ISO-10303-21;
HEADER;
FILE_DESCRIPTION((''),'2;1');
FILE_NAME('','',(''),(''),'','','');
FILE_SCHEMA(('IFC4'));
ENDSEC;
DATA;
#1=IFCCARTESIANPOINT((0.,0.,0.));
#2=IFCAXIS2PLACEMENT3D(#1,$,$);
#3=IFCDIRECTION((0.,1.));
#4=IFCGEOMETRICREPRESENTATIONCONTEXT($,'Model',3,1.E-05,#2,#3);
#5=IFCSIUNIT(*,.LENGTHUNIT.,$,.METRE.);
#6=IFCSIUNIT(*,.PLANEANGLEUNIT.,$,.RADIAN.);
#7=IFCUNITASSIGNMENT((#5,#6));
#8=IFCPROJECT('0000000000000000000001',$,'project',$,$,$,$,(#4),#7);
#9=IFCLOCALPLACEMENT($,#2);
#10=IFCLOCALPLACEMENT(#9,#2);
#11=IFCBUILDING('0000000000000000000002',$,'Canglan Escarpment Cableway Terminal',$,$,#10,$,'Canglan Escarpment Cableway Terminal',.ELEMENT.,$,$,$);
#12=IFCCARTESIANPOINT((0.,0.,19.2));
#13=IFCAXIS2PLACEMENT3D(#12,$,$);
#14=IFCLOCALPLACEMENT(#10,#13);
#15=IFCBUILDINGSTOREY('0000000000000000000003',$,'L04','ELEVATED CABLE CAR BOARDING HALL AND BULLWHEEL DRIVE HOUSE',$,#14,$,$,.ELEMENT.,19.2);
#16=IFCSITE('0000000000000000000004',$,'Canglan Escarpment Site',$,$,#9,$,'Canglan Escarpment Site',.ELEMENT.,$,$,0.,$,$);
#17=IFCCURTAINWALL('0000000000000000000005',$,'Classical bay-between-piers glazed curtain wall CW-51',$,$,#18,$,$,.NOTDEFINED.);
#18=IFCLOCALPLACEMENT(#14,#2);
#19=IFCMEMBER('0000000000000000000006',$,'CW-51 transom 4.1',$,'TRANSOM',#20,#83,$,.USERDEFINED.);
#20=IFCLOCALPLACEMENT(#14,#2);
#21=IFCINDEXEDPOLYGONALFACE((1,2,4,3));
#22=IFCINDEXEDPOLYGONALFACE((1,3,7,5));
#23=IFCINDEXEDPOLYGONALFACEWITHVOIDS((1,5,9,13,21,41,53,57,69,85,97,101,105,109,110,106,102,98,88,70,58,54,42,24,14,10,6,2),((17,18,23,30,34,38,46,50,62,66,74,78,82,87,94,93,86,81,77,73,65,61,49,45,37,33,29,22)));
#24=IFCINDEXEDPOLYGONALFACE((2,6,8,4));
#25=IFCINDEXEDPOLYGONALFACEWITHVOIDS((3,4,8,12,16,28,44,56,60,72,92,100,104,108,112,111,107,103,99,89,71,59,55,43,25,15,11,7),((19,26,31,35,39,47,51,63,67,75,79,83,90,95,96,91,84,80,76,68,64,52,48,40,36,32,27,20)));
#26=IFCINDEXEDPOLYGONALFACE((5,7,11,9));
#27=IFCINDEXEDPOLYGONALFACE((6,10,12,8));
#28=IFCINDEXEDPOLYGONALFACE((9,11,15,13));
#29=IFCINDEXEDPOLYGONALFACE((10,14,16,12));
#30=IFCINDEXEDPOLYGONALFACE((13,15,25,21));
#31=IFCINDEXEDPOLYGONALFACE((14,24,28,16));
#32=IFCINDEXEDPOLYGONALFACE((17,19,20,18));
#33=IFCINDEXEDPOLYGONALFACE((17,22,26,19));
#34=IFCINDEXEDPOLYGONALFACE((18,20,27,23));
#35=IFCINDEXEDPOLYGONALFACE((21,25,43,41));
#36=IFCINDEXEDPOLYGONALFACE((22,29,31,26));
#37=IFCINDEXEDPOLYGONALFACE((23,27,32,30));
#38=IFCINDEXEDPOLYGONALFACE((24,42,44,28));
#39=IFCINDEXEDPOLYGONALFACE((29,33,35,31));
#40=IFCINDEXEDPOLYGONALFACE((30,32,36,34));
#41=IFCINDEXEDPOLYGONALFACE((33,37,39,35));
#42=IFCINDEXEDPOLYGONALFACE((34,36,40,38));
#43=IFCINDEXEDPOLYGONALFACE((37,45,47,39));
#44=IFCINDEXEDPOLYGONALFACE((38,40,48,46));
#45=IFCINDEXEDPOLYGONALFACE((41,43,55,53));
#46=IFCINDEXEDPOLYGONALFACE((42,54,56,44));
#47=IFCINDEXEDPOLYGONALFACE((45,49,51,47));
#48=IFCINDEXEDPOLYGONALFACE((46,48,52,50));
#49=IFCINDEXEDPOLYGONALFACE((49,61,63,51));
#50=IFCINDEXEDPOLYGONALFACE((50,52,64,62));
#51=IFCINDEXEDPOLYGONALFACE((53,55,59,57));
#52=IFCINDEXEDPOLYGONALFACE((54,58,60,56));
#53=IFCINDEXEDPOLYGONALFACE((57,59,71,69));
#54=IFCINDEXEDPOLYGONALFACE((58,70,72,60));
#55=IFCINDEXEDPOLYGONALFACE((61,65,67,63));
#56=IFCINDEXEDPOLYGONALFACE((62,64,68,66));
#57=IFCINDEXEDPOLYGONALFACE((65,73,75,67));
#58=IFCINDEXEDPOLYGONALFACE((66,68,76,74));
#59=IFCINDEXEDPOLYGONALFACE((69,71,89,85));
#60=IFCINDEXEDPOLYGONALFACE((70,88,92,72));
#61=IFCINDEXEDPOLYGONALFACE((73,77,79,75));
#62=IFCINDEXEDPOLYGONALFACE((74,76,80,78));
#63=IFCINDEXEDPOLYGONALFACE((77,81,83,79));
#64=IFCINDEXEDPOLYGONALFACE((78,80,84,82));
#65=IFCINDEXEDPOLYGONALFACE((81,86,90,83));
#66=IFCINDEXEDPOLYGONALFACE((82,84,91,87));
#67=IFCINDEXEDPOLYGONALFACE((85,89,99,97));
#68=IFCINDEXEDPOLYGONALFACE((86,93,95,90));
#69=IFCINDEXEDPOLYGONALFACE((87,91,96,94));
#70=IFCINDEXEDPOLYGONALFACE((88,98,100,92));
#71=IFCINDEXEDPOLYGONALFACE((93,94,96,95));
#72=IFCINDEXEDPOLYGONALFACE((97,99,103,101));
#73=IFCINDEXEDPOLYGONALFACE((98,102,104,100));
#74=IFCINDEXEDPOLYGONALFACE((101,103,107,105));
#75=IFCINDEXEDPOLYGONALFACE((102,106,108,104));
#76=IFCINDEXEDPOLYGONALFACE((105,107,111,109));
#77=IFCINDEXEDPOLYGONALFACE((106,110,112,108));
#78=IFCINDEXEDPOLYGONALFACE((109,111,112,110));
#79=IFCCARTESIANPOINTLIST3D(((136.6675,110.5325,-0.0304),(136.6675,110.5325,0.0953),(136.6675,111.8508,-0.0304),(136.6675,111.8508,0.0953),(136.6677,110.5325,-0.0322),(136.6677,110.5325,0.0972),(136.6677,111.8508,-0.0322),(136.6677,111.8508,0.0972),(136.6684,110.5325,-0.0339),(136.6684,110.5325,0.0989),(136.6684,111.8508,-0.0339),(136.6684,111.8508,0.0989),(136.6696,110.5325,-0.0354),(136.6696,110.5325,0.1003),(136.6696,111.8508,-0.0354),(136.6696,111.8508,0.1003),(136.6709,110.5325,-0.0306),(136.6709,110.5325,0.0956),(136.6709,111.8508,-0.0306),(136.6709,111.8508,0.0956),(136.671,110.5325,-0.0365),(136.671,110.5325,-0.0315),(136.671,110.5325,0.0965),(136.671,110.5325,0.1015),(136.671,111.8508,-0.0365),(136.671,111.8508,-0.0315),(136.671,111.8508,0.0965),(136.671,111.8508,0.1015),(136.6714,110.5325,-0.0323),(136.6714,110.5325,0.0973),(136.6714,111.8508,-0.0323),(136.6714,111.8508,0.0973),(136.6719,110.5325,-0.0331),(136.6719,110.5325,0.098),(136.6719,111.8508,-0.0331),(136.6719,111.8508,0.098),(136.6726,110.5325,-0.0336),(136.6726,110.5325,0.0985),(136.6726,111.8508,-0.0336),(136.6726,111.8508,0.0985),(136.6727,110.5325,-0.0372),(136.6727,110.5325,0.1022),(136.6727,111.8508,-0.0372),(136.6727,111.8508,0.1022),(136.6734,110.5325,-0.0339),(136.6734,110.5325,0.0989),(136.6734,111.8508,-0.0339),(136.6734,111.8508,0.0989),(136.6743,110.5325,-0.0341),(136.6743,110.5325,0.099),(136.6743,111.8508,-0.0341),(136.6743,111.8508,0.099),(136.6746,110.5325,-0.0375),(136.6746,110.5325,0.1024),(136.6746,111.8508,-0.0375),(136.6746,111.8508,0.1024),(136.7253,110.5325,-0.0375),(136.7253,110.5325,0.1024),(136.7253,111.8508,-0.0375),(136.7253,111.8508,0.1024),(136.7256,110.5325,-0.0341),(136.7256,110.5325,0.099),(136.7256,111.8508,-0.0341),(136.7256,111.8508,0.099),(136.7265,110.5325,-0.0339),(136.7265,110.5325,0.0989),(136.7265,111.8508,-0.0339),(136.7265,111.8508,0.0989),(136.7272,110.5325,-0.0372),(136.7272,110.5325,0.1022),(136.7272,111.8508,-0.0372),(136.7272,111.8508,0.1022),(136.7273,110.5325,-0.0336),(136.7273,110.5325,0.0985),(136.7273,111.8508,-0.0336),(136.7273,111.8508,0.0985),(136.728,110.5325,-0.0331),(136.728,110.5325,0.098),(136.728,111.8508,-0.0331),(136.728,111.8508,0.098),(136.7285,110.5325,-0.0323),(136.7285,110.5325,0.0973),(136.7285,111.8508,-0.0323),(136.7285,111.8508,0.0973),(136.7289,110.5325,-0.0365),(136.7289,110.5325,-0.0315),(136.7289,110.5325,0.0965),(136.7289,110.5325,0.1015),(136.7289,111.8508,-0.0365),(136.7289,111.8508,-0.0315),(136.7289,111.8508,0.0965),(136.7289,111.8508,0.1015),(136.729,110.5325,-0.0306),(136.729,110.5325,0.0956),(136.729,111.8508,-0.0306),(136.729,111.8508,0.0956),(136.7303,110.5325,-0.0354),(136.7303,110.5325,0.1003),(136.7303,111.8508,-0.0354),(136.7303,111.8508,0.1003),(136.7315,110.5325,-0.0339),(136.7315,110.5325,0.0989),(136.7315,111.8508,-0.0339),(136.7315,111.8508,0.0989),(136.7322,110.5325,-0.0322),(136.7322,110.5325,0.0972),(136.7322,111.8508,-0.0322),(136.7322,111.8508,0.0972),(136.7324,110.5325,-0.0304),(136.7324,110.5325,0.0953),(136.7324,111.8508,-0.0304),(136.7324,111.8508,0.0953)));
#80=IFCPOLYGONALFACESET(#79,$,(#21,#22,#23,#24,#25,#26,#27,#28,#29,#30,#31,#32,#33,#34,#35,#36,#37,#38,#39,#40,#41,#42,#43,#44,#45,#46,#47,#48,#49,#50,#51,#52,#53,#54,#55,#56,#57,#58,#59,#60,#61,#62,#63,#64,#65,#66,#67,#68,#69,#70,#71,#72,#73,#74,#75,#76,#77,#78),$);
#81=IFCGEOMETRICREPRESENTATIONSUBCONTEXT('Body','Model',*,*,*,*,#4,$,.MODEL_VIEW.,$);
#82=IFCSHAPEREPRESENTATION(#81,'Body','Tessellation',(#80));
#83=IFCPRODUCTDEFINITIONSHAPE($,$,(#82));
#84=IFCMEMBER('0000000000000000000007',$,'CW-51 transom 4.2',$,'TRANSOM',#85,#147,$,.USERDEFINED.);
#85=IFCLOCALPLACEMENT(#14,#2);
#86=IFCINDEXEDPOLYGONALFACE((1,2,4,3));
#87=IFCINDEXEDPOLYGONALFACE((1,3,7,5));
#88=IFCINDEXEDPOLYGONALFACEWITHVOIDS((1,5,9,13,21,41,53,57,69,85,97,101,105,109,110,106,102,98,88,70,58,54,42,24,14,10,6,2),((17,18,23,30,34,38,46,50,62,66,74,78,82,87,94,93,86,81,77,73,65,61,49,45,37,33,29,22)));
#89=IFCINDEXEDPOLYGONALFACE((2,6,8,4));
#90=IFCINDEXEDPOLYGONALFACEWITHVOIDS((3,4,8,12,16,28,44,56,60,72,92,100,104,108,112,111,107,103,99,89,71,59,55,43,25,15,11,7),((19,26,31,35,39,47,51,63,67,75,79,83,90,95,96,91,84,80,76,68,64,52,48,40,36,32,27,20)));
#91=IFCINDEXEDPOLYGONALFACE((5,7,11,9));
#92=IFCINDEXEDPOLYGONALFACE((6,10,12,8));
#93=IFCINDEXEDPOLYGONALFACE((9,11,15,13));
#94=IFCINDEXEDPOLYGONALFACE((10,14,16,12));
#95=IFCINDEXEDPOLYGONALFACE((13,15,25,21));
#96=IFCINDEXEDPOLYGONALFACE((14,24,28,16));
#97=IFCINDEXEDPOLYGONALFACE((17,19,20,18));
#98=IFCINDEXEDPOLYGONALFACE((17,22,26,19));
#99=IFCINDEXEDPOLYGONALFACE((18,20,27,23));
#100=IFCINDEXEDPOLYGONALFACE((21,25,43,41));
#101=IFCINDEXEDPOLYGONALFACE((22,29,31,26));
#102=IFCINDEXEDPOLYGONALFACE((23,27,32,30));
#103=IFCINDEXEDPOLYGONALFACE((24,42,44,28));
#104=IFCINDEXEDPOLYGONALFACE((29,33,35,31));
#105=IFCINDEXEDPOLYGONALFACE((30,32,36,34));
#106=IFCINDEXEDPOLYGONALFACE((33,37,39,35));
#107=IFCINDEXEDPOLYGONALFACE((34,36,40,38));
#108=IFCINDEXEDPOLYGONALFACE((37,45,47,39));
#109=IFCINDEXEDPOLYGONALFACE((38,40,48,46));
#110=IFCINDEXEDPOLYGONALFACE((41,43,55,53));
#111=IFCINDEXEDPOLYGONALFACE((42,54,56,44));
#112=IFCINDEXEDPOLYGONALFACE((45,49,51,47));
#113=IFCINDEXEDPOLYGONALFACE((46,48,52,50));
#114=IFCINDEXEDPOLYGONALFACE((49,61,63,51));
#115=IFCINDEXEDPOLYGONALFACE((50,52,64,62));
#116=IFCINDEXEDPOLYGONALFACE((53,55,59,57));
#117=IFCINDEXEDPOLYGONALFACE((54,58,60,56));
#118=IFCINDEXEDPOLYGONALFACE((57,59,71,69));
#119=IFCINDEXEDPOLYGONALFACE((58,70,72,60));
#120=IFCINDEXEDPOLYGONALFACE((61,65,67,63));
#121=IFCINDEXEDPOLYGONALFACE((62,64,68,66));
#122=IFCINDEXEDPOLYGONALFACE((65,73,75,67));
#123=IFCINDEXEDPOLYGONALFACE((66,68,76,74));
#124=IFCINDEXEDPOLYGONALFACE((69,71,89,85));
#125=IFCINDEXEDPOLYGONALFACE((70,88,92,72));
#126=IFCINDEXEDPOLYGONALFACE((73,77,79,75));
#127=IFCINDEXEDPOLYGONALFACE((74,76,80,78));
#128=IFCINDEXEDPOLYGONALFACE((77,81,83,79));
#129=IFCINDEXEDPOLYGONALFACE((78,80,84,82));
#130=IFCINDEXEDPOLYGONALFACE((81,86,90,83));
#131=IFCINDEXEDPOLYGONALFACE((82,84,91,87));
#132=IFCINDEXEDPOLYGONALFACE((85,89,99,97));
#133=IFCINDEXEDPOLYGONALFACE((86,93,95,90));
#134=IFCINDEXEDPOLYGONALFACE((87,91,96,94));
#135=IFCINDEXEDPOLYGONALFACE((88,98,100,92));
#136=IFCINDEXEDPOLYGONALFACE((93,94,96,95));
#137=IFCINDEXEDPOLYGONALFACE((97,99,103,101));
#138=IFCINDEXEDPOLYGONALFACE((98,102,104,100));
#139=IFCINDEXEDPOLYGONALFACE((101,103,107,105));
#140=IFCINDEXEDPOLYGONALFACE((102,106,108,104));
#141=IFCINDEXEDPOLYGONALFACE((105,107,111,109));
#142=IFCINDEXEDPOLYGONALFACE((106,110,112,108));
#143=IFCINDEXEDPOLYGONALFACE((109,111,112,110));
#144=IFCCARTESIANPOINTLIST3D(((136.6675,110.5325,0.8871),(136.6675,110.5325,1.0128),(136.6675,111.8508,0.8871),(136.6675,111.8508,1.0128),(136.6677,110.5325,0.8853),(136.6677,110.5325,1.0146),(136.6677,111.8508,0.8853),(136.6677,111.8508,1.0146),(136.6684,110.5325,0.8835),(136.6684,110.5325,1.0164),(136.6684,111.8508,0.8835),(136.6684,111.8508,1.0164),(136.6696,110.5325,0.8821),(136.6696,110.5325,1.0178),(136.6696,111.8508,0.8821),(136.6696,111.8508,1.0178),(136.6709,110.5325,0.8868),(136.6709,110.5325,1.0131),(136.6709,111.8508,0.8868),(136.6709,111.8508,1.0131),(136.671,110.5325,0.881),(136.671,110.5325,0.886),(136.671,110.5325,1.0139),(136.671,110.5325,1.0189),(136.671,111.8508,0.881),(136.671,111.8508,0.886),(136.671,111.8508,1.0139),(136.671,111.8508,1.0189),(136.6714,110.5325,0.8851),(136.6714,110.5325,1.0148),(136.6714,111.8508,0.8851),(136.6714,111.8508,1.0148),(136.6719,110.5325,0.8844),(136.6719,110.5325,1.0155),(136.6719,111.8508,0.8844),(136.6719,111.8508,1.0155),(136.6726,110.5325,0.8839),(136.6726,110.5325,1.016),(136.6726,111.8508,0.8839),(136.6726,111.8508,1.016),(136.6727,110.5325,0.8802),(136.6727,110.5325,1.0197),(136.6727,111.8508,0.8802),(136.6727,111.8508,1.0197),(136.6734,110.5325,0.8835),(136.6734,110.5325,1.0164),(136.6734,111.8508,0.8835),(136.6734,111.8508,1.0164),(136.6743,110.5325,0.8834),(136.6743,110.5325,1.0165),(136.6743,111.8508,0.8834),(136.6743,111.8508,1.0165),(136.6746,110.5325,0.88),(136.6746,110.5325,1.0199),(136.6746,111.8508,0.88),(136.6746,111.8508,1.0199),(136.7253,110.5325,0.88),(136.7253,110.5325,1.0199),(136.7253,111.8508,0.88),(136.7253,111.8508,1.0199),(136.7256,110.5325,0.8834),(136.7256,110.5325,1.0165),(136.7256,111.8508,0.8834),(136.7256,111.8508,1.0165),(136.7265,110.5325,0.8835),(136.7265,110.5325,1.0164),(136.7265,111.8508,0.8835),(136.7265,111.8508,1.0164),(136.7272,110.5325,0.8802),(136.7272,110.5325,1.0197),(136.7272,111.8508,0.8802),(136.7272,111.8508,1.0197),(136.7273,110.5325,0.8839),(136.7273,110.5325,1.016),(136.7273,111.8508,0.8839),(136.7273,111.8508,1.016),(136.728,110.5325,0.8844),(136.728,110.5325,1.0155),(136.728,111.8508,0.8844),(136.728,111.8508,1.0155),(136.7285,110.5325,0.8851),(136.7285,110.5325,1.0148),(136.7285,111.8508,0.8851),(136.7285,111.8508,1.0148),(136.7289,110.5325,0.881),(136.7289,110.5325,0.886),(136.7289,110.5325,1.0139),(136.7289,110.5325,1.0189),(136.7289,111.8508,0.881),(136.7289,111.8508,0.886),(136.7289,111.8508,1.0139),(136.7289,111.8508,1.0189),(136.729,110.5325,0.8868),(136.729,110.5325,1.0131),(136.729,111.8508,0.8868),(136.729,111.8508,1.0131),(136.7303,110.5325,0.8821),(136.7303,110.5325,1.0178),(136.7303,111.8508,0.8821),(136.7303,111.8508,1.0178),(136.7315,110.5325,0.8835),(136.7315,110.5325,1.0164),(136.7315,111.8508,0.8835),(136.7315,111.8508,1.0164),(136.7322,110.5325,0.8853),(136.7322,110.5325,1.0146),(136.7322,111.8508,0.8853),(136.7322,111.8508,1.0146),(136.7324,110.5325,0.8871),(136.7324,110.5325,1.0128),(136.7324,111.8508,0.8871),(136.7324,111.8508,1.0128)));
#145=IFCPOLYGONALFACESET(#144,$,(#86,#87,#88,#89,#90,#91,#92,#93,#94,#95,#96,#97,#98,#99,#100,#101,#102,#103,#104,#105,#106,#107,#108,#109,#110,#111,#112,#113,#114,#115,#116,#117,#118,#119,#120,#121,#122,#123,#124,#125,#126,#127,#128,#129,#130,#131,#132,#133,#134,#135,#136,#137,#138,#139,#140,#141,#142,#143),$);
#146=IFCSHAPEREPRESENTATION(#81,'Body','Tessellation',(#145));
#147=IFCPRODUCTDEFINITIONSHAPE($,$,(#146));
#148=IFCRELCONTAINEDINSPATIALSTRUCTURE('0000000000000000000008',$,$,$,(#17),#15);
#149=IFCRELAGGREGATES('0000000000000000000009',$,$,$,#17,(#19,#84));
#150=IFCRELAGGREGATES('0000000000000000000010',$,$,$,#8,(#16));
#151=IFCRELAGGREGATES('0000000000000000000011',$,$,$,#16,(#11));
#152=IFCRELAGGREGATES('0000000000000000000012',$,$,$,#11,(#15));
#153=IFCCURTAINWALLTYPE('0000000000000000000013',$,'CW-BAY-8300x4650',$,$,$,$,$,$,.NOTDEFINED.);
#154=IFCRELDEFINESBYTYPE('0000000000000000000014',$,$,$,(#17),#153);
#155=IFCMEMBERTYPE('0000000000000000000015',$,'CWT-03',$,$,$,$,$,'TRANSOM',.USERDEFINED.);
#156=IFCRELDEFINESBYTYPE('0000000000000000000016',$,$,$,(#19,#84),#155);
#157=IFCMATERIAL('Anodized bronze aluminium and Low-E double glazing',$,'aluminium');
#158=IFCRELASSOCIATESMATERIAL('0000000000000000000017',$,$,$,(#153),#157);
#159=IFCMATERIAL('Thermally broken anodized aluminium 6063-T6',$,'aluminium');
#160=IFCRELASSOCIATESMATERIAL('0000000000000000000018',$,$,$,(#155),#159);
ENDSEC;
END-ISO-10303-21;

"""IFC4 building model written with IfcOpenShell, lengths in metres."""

from ifc_helpers import new_model, si_unit, direction, frame, origin, origin_2d, place, context, subcontext, project, spatial, hollow_rectangle, extrude, material, material_profile, profile_set, type_object, element, aggregate, save


model = new_model("IFC4")

# Units and contexts
model_context = context("Model", 3, precision=1e-05, world=origin(), true_north=direction((0.0, 1.0)))
body_context = subcontext(model_context, "Body", "Model", "MODEL_VIEW")
ifc_project = project(units=[si_unit("LENGTHUNIT", "METRE"), si_unit("PLANEANGLEUNIT", "RADIAN")], contexts=[model_context])

# Site, building, storey
site_placement = place(None, origin())
site = spatial("IfcSite", under=ifc_project, at=site_placement, Name="Canglan Escarpment Site", LongName="Canglan Escarpment Site", CompositionType="ELEMENT", RefElevation=0.0)
building_placement = place(site_placement, origin())
building = spatial("IfcBuilding", under=site, at=building_placement, Name="Canglan Escarpment Cableway Terminal", LongName="Canglan Escarpment Cableway Terminal", CompositionType="ELEMENT")
storey_placement = place(building_placement, frame((0.0, 0.0, 19.2)))
storey = spatial("IfcBuildingStorey", under=building, at=storey_placement, Name="L04", Description="ELEVATED CABLE CAR BOARDING HALL AND BULLWHEEL DRIVE HOUSE", CompositionType="ELEMENT", Elevation=19.2)

# Curtain wall, members
ifc_material_1 = material(Name="Anodized bronze aluminium and Low-E double glazing", Category="aluminium")
ifc_material_2 = material(Name="Thermally broken anodized aluminium 6063-T6", Category="aluminium")
curtain_wall_type_1 = type_object("IfcCurtainWallType", Name="CW-BAY-8300x4650", PredefinedType="NOTDEFINED", material=ifc_material_1)
curtain_wall_1_placement = place(storey_placement, origin())
curtain_wall_1 = element("IfcCurtainWall", 1, at=curtain_wall_1_placement, inside=storey, type_object=curtain_wall_type_1, Name="Classical bay-between-piers glazed curtain wall CW-51", PredefinedType="NOTDEFINED")
ifc_material_profile_1 = material_profile(ifc_material_2, hollow_rectangle(XDim=0.0649, YDim=0.1399, WallThickness=0.0034, InnerFilletRadius=0.0034, OuterFilletRadius=0.0071, at=origin_2d()), Name="ALU-TRAN 65x140x3.5")
ifc_profile_set_1 = profile_set([ifc_material_profile_1], Name="Thermally broken anodized aluminium 6063-T6")
member_type_1 = type_object("IfcMemberType", Name="CWT-03", ElementType="TRANSOM", PredefinedType="USERDEFINED", material=ifc_profile_set_1)
member_1_placement = place(storey_placement, frame((136.7, 110.5325, 0.0325), z_axis=(0.0, 1.0, 0.0), x_axis=(-1.0, 0.0, 0.0)))
member_1 = element("IfcMember", 2, at=member_1_placement, type_object=member_type_1, Name="CW-51 transom 4.1", ObjectType="TRANSOM", PredefinedType="USERDEFINED", context=body_context, shape_type="SweptSolid", body=[
    extrude(hollow_rectangle(XDim=0.0649, YDim=0.1399, WallThickness=0.0034, InnerFilletRadius=0.0034, OuterFilletRadius=0.0071, at=origin_2d()), origin(), (0.0, 0.0, 1.0), 1.3184),
])
member_2_placement = place(storey_placement, frame((136.7, 110.5325, 0.95), z_axis=(0.0, 1.0, 0.0), x_axis=(-1.0, 0.0, 0.0)))
member_2 = element("IfcMember", 3, at=member_2_placement, type_object=member_type_1, Name="CW-51 transom 4.2", ObjectType="TRANSOM", PredefinedType="USERDEFINED", context=body_context, shape_type="SweptSolid", body=[
    extrude(hollow_rectangle(XDim=0.0649, YDim=0.1399, WallThickness=0.0034, InnerFilletRadius=0.0034, OuterFilletRadius=0.0071, at=origin_2d()), origin(), (0.0, 0.0, 1.0), 1.3184),
])

aggregate(curtain_wall_1, [member_1, member_2])

save(model, "model.ifc")
